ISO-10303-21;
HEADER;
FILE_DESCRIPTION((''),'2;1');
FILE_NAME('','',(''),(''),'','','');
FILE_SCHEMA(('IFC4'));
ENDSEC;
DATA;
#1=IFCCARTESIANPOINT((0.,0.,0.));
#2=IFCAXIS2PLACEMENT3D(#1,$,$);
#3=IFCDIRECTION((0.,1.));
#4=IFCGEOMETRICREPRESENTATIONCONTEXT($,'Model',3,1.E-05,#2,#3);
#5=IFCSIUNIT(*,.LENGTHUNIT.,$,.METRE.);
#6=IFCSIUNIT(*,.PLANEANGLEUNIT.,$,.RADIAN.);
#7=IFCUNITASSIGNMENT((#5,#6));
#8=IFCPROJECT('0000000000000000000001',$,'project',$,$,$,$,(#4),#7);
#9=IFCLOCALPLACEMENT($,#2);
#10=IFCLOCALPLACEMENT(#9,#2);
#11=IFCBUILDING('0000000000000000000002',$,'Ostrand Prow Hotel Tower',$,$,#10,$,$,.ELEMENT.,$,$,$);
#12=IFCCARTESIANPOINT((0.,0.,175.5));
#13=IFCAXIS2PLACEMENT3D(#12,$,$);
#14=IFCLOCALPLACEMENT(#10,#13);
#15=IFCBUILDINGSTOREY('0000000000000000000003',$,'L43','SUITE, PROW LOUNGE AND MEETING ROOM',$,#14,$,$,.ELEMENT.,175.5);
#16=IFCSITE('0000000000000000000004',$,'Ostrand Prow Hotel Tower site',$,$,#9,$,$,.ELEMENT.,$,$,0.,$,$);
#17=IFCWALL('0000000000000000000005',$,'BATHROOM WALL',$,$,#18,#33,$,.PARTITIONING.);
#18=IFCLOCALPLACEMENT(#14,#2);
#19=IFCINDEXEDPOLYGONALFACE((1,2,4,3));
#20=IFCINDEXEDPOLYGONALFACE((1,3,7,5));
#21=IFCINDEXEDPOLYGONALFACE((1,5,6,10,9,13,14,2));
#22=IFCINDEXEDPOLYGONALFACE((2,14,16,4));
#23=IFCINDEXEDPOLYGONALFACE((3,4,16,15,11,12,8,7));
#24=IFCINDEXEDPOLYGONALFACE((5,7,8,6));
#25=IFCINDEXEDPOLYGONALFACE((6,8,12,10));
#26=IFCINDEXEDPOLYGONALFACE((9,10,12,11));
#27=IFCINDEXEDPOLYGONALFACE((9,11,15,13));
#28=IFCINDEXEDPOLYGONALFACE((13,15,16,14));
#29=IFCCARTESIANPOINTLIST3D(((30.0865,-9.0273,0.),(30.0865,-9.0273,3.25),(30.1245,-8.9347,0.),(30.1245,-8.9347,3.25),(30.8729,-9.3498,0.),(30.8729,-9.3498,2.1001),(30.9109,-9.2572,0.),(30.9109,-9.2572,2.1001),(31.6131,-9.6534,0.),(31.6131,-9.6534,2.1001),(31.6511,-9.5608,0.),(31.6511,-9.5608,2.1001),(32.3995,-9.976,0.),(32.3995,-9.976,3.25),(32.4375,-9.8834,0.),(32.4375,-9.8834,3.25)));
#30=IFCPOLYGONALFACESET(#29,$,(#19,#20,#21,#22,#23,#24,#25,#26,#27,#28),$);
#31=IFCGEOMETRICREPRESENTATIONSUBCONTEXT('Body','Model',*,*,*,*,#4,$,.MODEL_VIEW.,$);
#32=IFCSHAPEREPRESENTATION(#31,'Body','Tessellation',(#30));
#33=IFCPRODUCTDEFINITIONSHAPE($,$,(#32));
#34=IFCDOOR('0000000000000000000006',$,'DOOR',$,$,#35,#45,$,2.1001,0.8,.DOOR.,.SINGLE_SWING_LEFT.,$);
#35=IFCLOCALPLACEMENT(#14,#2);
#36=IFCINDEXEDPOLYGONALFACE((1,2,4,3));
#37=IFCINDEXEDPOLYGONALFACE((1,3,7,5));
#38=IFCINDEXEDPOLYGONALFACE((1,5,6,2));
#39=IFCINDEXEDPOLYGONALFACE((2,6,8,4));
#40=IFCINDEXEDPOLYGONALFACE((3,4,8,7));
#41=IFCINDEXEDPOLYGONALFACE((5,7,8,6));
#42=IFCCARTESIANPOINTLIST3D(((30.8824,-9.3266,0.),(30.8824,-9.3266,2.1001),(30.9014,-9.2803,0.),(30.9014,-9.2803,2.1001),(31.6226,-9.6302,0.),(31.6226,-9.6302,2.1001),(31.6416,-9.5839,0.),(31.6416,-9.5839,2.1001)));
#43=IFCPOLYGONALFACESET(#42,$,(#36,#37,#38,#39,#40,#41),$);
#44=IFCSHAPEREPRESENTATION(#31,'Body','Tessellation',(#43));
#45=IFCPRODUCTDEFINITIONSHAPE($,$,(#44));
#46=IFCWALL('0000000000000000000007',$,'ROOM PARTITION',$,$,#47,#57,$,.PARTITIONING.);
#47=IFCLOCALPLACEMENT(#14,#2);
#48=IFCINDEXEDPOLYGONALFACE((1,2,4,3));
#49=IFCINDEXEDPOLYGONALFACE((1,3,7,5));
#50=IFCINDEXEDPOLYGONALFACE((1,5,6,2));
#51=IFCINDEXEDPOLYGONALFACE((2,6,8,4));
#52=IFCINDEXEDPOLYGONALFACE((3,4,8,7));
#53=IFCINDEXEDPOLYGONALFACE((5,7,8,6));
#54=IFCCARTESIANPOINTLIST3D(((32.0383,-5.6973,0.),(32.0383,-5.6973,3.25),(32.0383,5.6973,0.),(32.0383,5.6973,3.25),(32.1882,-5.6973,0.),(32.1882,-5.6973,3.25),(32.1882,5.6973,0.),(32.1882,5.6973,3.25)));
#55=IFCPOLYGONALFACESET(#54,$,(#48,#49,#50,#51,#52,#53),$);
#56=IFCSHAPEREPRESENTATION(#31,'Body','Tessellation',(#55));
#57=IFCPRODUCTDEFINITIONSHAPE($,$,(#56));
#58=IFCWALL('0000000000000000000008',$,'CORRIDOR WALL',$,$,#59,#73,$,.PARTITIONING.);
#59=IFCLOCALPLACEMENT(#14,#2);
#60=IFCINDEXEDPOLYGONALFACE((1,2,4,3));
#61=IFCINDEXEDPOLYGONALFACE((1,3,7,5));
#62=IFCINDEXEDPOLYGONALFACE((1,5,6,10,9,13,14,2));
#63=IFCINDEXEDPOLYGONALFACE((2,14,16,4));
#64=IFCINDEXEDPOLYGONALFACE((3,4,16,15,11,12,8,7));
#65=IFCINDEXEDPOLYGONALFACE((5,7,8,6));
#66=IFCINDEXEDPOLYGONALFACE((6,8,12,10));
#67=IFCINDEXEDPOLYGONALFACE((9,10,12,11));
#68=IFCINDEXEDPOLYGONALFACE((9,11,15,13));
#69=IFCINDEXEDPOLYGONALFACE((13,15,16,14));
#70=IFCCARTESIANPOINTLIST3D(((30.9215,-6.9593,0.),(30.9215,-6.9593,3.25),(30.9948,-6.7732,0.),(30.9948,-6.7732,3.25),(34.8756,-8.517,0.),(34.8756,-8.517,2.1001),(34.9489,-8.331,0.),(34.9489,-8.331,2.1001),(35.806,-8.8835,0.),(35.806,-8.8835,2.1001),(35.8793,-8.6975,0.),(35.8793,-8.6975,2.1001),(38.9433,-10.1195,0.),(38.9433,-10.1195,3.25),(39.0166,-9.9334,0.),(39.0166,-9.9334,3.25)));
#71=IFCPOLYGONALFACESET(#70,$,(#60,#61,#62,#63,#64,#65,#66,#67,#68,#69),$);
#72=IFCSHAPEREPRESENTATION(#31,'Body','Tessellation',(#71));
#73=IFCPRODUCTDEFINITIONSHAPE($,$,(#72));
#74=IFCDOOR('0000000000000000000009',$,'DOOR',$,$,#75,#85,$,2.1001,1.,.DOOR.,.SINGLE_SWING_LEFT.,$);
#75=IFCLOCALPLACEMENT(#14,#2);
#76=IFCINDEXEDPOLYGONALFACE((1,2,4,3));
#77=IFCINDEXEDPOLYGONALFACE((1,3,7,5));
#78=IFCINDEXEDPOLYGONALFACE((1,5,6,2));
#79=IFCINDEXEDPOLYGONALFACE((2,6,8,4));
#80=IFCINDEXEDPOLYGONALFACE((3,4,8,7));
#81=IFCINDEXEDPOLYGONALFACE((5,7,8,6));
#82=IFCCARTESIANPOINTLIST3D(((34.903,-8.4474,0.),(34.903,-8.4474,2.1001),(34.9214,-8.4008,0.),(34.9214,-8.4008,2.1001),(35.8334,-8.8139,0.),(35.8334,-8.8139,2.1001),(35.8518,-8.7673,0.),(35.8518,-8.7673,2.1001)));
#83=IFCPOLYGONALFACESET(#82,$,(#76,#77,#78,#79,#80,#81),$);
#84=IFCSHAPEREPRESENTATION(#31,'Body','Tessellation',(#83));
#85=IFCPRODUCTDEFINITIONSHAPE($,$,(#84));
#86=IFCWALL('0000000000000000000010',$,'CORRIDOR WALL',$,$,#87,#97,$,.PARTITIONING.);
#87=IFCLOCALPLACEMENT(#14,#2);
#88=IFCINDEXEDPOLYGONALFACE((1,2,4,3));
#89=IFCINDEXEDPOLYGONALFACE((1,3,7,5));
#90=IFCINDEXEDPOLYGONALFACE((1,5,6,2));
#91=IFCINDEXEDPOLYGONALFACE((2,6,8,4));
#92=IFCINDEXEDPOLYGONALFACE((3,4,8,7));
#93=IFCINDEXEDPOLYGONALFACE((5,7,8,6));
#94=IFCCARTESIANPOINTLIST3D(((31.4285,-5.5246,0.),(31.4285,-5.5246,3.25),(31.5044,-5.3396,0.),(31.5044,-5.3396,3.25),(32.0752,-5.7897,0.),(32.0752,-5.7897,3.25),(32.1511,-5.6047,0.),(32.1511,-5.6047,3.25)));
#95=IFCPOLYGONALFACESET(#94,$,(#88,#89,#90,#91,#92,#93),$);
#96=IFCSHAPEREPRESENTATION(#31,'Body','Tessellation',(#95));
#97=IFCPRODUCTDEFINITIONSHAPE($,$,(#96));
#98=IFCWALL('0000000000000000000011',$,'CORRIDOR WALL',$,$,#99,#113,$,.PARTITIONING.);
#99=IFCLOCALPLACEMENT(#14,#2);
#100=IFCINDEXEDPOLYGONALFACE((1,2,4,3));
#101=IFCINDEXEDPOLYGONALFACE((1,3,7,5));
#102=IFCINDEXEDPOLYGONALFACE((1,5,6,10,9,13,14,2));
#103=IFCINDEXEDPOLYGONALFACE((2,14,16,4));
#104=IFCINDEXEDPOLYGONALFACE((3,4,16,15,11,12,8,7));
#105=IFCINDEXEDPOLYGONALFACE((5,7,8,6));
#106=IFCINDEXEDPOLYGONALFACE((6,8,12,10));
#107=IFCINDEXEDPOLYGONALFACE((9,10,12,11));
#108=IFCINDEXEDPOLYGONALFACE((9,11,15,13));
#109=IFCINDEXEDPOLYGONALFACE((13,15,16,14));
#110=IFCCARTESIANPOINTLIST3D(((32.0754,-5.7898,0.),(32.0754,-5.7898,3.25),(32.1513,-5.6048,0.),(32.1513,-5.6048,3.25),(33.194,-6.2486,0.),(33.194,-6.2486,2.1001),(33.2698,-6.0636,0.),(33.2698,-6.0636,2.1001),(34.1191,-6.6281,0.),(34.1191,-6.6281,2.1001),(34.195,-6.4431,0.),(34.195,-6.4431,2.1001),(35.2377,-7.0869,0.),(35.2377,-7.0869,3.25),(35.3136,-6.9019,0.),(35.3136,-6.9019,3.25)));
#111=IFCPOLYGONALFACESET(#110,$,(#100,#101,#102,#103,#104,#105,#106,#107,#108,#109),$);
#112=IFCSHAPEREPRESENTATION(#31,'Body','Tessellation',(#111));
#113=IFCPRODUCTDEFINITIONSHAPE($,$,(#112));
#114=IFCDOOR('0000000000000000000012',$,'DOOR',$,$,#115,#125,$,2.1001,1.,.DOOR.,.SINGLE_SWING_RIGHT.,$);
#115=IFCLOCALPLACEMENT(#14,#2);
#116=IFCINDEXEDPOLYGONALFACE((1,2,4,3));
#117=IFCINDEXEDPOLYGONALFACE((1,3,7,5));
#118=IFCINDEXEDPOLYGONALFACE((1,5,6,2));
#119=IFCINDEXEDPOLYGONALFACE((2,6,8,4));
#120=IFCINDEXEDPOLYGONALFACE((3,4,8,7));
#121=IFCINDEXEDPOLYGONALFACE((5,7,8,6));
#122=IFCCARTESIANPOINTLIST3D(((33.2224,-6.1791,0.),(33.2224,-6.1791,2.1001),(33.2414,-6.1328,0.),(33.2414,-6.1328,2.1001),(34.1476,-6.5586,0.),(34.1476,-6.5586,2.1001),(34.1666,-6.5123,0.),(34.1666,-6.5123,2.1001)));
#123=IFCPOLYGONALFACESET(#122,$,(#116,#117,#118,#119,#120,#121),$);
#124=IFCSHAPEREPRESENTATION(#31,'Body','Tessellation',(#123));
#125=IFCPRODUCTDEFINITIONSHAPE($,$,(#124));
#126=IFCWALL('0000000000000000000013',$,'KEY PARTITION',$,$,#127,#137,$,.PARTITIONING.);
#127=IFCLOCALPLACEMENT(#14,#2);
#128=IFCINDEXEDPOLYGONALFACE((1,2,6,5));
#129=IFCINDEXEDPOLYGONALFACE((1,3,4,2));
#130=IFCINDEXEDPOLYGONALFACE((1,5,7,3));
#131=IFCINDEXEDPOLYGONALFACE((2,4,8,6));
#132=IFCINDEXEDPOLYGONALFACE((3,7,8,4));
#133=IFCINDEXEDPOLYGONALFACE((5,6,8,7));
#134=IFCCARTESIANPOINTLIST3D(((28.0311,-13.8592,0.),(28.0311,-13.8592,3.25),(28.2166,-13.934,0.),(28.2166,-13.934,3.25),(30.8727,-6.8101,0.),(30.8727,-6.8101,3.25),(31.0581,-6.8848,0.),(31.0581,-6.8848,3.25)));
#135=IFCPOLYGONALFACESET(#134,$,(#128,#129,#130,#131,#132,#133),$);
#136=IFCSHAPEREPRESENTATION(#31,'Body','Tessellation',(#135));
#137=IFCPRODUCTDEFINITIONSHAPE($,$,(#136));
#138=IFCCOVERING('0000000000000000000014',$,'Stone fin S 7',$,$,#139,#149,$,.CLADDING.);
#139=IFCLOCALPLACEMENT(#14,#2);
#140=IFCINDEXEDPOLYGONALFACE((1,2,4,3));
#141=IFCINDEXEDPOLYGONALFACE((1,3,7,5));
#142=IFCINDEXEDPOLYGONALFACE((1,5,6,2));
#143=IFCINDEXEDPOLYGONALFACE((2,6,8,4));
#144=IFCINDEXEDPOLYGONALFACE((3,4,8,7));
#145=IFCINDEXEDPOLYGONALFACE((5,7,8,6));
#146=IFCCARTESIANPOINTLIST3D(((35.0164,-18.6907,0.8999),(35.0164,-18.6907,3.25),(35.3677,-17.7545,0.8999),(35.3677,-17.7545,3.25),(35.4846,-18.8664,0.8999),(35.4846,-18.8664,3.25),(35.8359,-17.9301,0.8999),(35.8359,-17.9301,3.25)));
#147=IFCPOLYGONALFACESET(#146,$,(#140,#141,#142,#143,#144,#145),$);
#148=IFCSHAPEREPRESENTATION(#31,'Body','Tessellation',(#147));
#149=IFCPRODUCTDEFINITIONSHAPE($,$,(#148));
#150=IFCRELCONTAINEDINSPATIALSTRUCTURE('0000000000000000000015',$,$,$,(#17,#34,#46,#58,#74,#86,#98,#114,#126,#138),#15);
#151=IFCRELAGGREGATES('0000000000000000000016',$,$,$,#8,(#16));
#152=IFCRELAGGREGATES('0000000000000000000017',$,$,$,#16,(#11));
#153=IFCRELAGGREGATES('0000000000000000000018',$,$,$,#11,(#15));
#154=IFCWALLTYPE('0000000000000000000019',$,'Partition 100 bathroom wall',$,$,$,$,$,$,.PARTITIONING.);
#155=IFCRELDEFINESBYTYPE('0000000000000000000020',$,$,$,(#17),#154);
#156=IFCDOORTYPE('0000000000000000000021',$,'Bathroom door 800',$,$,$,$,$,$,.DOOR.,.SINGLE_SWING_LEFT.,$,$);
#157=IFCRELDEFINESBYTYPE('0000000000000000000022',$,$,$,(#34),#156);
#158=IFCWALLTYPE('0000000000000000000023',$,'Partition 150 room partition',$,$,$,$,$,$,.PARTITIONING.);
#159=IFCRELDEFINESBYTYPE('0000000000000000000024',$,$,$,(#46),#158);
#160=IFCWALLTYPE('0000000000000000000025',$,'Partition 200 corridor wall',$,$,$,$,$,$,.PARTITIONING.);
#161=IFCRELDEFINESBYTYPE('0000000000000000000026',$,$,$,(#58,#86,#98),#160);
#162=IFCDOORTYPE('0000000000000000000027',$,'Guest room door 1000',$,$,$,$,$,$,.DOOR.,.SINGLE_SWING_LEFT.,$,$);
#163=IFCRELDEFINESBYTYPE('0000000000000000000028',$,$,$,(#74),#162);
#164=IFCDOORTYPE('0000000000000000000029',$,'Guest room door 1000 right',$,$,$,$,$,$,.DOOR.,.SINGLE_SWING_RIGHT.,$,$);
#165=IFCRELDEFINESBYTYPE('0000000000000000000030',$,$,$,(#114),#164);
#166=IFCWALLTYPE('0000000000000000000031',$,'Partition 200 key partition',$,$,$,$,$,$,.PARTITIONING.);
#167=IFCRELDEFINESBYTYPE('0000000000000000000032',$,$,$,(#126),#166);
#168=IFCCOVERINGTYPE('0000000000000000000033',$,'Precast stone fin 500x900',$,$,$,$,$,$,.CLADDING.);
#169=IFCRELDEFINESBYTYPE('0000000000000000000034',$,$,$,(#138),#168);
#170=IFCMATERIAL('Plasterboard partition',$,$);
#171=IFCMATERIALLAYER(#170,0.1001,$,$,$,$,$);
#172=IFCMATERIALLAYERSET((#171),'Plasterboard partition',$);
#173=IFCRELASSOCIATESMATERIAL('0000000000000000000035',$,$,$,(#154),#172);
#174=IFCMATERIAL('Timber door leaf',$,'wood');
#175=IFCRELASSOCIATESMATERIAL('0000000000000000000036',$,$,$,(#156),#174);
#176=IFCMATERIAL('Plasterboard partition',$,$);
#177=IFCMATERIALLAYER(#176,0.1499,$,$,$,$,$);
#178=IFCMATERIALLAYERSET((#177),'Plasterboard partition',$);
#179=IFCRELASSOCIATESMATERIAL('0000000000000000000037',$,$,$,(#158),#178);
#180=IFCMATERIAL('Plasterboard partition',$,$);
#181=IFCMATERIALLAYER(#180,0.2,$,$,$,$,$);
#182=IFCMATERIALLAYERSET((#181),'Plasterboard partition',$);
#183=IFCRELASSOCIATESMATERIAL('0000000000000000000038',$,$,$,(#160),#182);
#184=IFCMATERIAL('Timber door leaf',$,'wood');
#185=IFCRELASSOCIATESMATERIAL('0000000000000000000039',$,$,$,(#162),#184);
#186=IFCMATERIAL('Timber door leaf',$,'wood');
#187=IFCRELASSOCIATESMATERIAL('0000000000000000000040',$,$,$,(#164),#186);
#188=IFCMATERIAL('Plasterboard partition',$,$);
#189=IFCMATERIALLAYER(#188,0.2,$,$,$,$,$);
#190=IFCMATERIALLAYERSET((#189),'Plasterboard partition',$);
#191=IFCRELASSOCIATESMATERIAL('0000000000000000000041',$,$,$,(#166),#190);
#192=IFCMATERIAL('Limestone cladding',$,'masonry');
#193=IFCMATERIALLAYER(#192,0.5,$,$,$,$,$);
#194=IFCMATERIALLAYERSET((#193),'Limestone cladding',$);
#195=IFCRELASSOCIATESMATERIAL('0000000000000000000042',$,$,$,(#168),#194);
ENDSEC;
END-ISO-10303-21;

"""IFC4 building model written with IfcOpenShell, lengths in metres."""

from ifc_helpers import new_model, si_unit, direction, frame, frame_2d, origin, place, context, subcontext, project, spatial, rectangle, extrude, material, layer, layer_set, type_object, element, fill, save


model = new_model("IFC4")

# Units and contexts
model_context = context("Model", 3, precision=1e-05, world=origin(), true_north=direction((0.0, 1.0)))
body_context = subcontext(model_context, "Body", "Model", "MODEL_VIEW")
ifc_project = project(units=[si_unit("LENGTHUNIT", "METRE"), si_unit("PLANEANGLEUNIT", "RADIAN")], contexts=[model_context])

# Site, building, storey
site_placement = place(None, origin())
site = spatial("IfcSite", under=ifc_project, at=site_placement, Name="Ostrand Prow Hotel Tower site", CompositionType="ELEMENT", RefElevation=0.0)
building_placement = place(site_placement, origin())
building = spatial("IfcBuilding", under=site, at=building_placement, Name="Ostrand Prow Hotel Tower", CompositionType="ELEMENT")
storey_placement = place(building_placement, frame((0.0, 0.0, 175.5)))
storey = spatial("IfcBuildingStorey", under=building, at=storey_placement, Name="L43", Description="SUITE, PROW LOUNGE AND MEETING ROOM", CompositionType="ELEMENT", Elevation=175.5)

# Shared definitions
ifc_material_1 = material(Name="Plasterboard partition")
ifc_layer_1 = layer(ifc_material_1, 0.1001)
ifc_layer_set_1 = layer_set([ifc_layer_1], Name="Plasterboard partition")
wall_type_1 = type_object("IfcWallType", Name="Partition 100 bathroom wall", PredefinedType="PARTITIONING", material=ifc_layer_set_1)
ifc_material_2 = material(Name="Timber door leaf", Category="wood")
door_type_1 = type_object("IfcDoorType", Name="Bathroom door 800", OperationType="SINGLE_SWING_LEFT", PredefinedType="DOOR", material=ifc_material_2)

# Wall, opening, door
wall_1_placement = place(storey_placement, frame((32.4185, -9.9297, 0.0), z_axis=(0.0, 0.0, 1.0), x_axis=(-0.925195, 0.379492, 0.0)))
wall_1 = element("IfcWall", 1, at=wall_1_placement, inside=storey, type_object=wall_type_1, Name="BATHROOM WALL", PredefinedType="PARTITIONING", context=body_context, shape_type="SweptSolid", body=[
    extrude(rectangle(XDim=2.5, YDim=0.1001, at=frame_2d((1.25, 0.0))), origin(), (0.0, 0.0, 1.0), 3.25),
])
opening_1_placement = place(wall_1_placement, frame((0.8501, 0.0, 0.0)))
opening_1 = element("IfcOpeningElement", 2, at=opening_1_placement, cuts=wall_1, PredefinedType="OPENING", context=body_context, shape_type="SweptSolid", body=[
    extrude(rectangle(XDim=0.8, YDim=2.1001, at=frame_2d((0.3999, 1.05))), frame((0.0, 0.0601, 0.0), z_axis=(0.0, -1.0, 0.0), x_axis=(1.0, 0.0, 0.0)), (0.0, 0.0, 1.0), 0.1201),
])
door_1_placement = place(opening_1_placement, origin())
door_1 = element("IfcDoor", 3, at=door_1_placement, inside=storey, type_object=door_type_1, Name="DOOR", OperationType="SINGLE_SWING_LEFT", OverallHeight=2.1001, OverallWidth=0.8, PredefinedType="DOOR", context=body_context, shape_type="SweptSolid", body=[
    extrude(rectangle(XDim=0.8, YDim=2.1001, at=frame_2d((0.3999, 1.05))), frame((0.0, 0.0249, 0.0), z_axis=(0.0, -1.0, 0.0), x_axis=(1.0, 0.0, 0.0)), (0.0, 0.0, 1.0), 0.05),
])
fill(opening_1, door_1)

# Wall
ifc_material_3 = material(Name="Plasterboard partition")
ifc_layer_2 = layer(ifc_material_3, 0.1499)
ifc_layer_set_2 = layer_set([ifc_layer_2], Name="Plasterboard partition")
wall_type_2 = type_object("IfcWallType", Name="Partition 150 room partition", PredefinedType="PARTITIONING", material=ifc_layer_set_2)
wall_2_placement = place(storey_placement, frame((32.1133, -5.6973, 0.0), z_axis=(0.0, 0.0, 1.0), x_axis=(0.0, 1.0, 0.0)))
element("IfcWall", 4, at=wall_2_placement, inside=storey, type_object=wall_type_2, Name="ROOM PARTITION", PredefinedType="PARTITIONING", context=body_context, shape_type="SweptSolid", body=[
    extrude(rectangle(XDim=11.3945, YDim=0.1499, at=frame_2d((5.6973, 0.0))), origin(), (0.0, 0.0, 1.0), 3.25),
])

# Wall, opening, door
ifc_material_4 = material(Name="Plasterboard partition")
ifc_layer_3 = layer(ifc_material_4, 0.2)
ifc_layer_set_3 = layer_set([ifc_layer_3], Name="Plasterboard partition")
wall_type_3 = type_object("IfcWallType", Name="Partition 200 corridor wall", PredefinedType="PARTITIONING", material=ifc_layer_set_3)
wall_3_placement = place(storey_placement, frame((30.958, -6.8662, 0.0), z_axis=(0.0, 0.0, 1.0), x_axis=(0.930405, -0.366533, 0.0)))
wall_3 = element("IfcWall", 5, at=wall_3_placement, inside=storey, type_object=wall_type_3, Name="CORRIDOR WALL", PredefinedType="PARTITIONING", context=body_context, shape_type="SweptSolid", body=[
    extrude(rectangle(XDim=8.6218, YDim=0.2, at=frame_2d((4.311, 0.0))), origin(), (0.0, 0.0, 1.0), 3.25),
])
opening_2_placement = place(wall_3_placement, frame((4.25, 0.0, 0.0)))
opening_2 = element("IfcOpeningElement", 6, at=opening_2_placement, cuts=wall_3, PredefinedType="OPENING", context=body_context, shape_type="SweptSolid", body=[
    extrude(rectangle(XDim=1.0, YDim=2.1001, at=frame_2d((0.5, 1.05))), frame((0.0, 0.1099, 0.0), z_axis=(0.0, -1.0, 0.0), x_axis=(1.0, 0.0, 0.0)), (0.0, 0.0, 1.0), 0.22),
])
ifc_material_5 = material(Name="Timber door leaf", Category="wood")
door_type_2 = type_object("IfcDoorType", Name="Guest room door 1000", OperationType="SINGLE_SWING_LEFT", PredefinedType="DOOR", material=ifc_material_5)
door_2_placement = place(opening_2_placement, origin())
door_2 = element("IfcDoor", 7, at=door_2_placement, inside=storey, type_object=door_type_2, Name="DOOR", OperationType="SINGLE_SWING_LEFT", OverallHeight=2.1001, OverallWidth=1.0, PredefinedType="DOOR", context=body_context, shape_type="SweptSolid", body=[
    extrude(rectangle(XDim=1.0, YDim=2.1001, at=frame_2d((0.5, 1.05))), frame((0.0, 0.0249, 0.0), z_axis=(0.0, -1.0, 0.0), x_axis=(1.0, 0.0, 0.0)), (0.0, 0.0, 1.0), 0.05),
])
fill(opening_2, door_2)

# Wall
wall_4_placement = place(storey_placement, frame((32.1133, -5.6973, 0.0), z_axis=(0.0, 0.0, 1.0), x_axis=(-0.925263, 0.379326, 0.0)))
element("IfcWall", 8, at=wall_4_placement, inside=storey, type_object=wall_type_3, Name="CORRIDOR WALL", PredefinedType="PARTITIONING", context=body_context, shape_type="SweptSolid", body=[
    extrude(rectangle(XDim=0.699, YDim=0.2, at=frame_2d((0.3496, 0.0))), origin(), (0.0, 0.0, 1.0), 3.25),
])

# Wall, opening, door
wall_5_placement = place(storey_placement, frame((35.2756, -6.9944, 0.0), z_axis=(0.0, 0.0, 1.0), x_axis=(-0.925195, 0.379492, 0.0)))
wall_5 = element("IfcWall", 9, at=wall_5_placement, inside=storey, type_object=wall_type_3, Name="CORRIDOR WALL", PredefinedType="PARTITIONING", context=body_context, shape_type="SweptSolid", body=[
    extrude(rectangle(XDim=3.418, YDim=0.2, at=frame_2d((1.709, 0.0))), origin(), (0.0, 0.0, 1.0), 3.25),
])
opening_3_placement = place(wall_5_placement, frame((1.209, 0.0, 0.0)))
opening_3 = element("IfcOpeningElement", 10, at=opening_3_placement, cuts=wall_5, PredefinedType="OPENING", context=body_context, shape_type="SweptSolid", body=[
    extrude(rectangle(XDim=1.0, YDim=2.1001, at=frame_2d((0.5, 1.05))), frame((0.0, 0.1099, 0.0), z_axis=(0.0, -1.0, 0.0), x_axis=(1.0, 0.0, 0.0)), (0.0, 0.0, 1.0), 0.22),
])
ifc_material_6 = material(Name="Timber door leaf", Category="wood")
door_type_3 = type_object("IfcDoorType", Name="Guest room door 1000 right", OperationType="SINGLE_SWING_RIGHT", PredefinedType="DOOR", material=ifc_material_6)
door_3_placement = place(opening_3_placement, origin())
door_3 = element("IfcDoor", 11, at=door_3_placement, inside=storey, type_object=door_type_3, Name="DOOR", OperationType="SINGLE_SWING_RIGHT", OverallHeight=2.1001, OverallWidth=1.0, PredefinedType="DOOR", context=body_context, shape_type="SweptSolid", body=[
    extrude(rectangle(XDim=1.0, YDim=2.1001, at=frame_2d((0.5, 1.05))), frame((0.0, 0.0249, 0.0), z_axis=(0.0, -1.0, 0.0), x_axis=(1.0, 0.0, 0.0)), (0.0, 0.0, 1.0), 0.05),
])
fill(opening_3, door_3)

# Wall
ifc_material_7 = material(Name="Plasterboard partition")
ifc_layer_4 = layer(ifc_material_7, 0.2)
ifc_layer_set_4 = layer_set([ifc_layer_4], Name="Plasterboard partition")
wall_type_4 = type_object("IfcWallType", Name="Partition 200 key partition", PredefinedType="PARTITIONING", material=ifc_layer_set_4)
wall_6_placement = place(storey_placement, frame((28.1238, -13.8967, 0.0), z_axis=(0.0, 0.0, 1.0), x_axis=(0.373876, 0.927479, 0.0)))
element("IfcWall", 12, at=wall_6_placement, inside=storey, type_object=wall_type_4, Name="KEY PARTITION", PredefinedType="PARTITIONING", context=body_context, shape_type="SweptSolid", body=[
    extrude(rectangle(XDim=7.6003, YDim=0.2, at=frame_2d((3.8003, 0.0))), origin(), (0.0, 0.0, 1.0), 3.25),
])

# Covering
ifc_material_8 = material(Name="Limestone cladding", Category="masonry")
ifc_layer_5 = layer(ifc_material_8, 0.5)
ifc_layer_set_5 = layer_set([ifc_layer_5], Name="Limestone cladding")
covering_type = type_object("IfcCoveringType", Name="Precast stone fin 500x900", PredefinedType="CLADDING", material=ifc_layer_set_5)
covering_placement = place(storey_placement, frame((35.6018, -17.8423, 0.8999), z_axis=(0.0, 0.0, 1.0), x_axis=(-0.351311, -0.936259, 0.0)))
element("IfcCovering", 13, at=covering_placement, inside=storey, type_object=covering_type, Name="Stone fin S 7", PredefinedType="CLADDING", context=body_context, shape_type="SweptSolid", body=[
    extrude(rectangle(XDim=1.0, YDim=0.5, at=frame_2d((0.5, 0.0))), origin(), (0.0, 0.0, 1.0), 2.3501),
])

save(model, "model.ifc")
